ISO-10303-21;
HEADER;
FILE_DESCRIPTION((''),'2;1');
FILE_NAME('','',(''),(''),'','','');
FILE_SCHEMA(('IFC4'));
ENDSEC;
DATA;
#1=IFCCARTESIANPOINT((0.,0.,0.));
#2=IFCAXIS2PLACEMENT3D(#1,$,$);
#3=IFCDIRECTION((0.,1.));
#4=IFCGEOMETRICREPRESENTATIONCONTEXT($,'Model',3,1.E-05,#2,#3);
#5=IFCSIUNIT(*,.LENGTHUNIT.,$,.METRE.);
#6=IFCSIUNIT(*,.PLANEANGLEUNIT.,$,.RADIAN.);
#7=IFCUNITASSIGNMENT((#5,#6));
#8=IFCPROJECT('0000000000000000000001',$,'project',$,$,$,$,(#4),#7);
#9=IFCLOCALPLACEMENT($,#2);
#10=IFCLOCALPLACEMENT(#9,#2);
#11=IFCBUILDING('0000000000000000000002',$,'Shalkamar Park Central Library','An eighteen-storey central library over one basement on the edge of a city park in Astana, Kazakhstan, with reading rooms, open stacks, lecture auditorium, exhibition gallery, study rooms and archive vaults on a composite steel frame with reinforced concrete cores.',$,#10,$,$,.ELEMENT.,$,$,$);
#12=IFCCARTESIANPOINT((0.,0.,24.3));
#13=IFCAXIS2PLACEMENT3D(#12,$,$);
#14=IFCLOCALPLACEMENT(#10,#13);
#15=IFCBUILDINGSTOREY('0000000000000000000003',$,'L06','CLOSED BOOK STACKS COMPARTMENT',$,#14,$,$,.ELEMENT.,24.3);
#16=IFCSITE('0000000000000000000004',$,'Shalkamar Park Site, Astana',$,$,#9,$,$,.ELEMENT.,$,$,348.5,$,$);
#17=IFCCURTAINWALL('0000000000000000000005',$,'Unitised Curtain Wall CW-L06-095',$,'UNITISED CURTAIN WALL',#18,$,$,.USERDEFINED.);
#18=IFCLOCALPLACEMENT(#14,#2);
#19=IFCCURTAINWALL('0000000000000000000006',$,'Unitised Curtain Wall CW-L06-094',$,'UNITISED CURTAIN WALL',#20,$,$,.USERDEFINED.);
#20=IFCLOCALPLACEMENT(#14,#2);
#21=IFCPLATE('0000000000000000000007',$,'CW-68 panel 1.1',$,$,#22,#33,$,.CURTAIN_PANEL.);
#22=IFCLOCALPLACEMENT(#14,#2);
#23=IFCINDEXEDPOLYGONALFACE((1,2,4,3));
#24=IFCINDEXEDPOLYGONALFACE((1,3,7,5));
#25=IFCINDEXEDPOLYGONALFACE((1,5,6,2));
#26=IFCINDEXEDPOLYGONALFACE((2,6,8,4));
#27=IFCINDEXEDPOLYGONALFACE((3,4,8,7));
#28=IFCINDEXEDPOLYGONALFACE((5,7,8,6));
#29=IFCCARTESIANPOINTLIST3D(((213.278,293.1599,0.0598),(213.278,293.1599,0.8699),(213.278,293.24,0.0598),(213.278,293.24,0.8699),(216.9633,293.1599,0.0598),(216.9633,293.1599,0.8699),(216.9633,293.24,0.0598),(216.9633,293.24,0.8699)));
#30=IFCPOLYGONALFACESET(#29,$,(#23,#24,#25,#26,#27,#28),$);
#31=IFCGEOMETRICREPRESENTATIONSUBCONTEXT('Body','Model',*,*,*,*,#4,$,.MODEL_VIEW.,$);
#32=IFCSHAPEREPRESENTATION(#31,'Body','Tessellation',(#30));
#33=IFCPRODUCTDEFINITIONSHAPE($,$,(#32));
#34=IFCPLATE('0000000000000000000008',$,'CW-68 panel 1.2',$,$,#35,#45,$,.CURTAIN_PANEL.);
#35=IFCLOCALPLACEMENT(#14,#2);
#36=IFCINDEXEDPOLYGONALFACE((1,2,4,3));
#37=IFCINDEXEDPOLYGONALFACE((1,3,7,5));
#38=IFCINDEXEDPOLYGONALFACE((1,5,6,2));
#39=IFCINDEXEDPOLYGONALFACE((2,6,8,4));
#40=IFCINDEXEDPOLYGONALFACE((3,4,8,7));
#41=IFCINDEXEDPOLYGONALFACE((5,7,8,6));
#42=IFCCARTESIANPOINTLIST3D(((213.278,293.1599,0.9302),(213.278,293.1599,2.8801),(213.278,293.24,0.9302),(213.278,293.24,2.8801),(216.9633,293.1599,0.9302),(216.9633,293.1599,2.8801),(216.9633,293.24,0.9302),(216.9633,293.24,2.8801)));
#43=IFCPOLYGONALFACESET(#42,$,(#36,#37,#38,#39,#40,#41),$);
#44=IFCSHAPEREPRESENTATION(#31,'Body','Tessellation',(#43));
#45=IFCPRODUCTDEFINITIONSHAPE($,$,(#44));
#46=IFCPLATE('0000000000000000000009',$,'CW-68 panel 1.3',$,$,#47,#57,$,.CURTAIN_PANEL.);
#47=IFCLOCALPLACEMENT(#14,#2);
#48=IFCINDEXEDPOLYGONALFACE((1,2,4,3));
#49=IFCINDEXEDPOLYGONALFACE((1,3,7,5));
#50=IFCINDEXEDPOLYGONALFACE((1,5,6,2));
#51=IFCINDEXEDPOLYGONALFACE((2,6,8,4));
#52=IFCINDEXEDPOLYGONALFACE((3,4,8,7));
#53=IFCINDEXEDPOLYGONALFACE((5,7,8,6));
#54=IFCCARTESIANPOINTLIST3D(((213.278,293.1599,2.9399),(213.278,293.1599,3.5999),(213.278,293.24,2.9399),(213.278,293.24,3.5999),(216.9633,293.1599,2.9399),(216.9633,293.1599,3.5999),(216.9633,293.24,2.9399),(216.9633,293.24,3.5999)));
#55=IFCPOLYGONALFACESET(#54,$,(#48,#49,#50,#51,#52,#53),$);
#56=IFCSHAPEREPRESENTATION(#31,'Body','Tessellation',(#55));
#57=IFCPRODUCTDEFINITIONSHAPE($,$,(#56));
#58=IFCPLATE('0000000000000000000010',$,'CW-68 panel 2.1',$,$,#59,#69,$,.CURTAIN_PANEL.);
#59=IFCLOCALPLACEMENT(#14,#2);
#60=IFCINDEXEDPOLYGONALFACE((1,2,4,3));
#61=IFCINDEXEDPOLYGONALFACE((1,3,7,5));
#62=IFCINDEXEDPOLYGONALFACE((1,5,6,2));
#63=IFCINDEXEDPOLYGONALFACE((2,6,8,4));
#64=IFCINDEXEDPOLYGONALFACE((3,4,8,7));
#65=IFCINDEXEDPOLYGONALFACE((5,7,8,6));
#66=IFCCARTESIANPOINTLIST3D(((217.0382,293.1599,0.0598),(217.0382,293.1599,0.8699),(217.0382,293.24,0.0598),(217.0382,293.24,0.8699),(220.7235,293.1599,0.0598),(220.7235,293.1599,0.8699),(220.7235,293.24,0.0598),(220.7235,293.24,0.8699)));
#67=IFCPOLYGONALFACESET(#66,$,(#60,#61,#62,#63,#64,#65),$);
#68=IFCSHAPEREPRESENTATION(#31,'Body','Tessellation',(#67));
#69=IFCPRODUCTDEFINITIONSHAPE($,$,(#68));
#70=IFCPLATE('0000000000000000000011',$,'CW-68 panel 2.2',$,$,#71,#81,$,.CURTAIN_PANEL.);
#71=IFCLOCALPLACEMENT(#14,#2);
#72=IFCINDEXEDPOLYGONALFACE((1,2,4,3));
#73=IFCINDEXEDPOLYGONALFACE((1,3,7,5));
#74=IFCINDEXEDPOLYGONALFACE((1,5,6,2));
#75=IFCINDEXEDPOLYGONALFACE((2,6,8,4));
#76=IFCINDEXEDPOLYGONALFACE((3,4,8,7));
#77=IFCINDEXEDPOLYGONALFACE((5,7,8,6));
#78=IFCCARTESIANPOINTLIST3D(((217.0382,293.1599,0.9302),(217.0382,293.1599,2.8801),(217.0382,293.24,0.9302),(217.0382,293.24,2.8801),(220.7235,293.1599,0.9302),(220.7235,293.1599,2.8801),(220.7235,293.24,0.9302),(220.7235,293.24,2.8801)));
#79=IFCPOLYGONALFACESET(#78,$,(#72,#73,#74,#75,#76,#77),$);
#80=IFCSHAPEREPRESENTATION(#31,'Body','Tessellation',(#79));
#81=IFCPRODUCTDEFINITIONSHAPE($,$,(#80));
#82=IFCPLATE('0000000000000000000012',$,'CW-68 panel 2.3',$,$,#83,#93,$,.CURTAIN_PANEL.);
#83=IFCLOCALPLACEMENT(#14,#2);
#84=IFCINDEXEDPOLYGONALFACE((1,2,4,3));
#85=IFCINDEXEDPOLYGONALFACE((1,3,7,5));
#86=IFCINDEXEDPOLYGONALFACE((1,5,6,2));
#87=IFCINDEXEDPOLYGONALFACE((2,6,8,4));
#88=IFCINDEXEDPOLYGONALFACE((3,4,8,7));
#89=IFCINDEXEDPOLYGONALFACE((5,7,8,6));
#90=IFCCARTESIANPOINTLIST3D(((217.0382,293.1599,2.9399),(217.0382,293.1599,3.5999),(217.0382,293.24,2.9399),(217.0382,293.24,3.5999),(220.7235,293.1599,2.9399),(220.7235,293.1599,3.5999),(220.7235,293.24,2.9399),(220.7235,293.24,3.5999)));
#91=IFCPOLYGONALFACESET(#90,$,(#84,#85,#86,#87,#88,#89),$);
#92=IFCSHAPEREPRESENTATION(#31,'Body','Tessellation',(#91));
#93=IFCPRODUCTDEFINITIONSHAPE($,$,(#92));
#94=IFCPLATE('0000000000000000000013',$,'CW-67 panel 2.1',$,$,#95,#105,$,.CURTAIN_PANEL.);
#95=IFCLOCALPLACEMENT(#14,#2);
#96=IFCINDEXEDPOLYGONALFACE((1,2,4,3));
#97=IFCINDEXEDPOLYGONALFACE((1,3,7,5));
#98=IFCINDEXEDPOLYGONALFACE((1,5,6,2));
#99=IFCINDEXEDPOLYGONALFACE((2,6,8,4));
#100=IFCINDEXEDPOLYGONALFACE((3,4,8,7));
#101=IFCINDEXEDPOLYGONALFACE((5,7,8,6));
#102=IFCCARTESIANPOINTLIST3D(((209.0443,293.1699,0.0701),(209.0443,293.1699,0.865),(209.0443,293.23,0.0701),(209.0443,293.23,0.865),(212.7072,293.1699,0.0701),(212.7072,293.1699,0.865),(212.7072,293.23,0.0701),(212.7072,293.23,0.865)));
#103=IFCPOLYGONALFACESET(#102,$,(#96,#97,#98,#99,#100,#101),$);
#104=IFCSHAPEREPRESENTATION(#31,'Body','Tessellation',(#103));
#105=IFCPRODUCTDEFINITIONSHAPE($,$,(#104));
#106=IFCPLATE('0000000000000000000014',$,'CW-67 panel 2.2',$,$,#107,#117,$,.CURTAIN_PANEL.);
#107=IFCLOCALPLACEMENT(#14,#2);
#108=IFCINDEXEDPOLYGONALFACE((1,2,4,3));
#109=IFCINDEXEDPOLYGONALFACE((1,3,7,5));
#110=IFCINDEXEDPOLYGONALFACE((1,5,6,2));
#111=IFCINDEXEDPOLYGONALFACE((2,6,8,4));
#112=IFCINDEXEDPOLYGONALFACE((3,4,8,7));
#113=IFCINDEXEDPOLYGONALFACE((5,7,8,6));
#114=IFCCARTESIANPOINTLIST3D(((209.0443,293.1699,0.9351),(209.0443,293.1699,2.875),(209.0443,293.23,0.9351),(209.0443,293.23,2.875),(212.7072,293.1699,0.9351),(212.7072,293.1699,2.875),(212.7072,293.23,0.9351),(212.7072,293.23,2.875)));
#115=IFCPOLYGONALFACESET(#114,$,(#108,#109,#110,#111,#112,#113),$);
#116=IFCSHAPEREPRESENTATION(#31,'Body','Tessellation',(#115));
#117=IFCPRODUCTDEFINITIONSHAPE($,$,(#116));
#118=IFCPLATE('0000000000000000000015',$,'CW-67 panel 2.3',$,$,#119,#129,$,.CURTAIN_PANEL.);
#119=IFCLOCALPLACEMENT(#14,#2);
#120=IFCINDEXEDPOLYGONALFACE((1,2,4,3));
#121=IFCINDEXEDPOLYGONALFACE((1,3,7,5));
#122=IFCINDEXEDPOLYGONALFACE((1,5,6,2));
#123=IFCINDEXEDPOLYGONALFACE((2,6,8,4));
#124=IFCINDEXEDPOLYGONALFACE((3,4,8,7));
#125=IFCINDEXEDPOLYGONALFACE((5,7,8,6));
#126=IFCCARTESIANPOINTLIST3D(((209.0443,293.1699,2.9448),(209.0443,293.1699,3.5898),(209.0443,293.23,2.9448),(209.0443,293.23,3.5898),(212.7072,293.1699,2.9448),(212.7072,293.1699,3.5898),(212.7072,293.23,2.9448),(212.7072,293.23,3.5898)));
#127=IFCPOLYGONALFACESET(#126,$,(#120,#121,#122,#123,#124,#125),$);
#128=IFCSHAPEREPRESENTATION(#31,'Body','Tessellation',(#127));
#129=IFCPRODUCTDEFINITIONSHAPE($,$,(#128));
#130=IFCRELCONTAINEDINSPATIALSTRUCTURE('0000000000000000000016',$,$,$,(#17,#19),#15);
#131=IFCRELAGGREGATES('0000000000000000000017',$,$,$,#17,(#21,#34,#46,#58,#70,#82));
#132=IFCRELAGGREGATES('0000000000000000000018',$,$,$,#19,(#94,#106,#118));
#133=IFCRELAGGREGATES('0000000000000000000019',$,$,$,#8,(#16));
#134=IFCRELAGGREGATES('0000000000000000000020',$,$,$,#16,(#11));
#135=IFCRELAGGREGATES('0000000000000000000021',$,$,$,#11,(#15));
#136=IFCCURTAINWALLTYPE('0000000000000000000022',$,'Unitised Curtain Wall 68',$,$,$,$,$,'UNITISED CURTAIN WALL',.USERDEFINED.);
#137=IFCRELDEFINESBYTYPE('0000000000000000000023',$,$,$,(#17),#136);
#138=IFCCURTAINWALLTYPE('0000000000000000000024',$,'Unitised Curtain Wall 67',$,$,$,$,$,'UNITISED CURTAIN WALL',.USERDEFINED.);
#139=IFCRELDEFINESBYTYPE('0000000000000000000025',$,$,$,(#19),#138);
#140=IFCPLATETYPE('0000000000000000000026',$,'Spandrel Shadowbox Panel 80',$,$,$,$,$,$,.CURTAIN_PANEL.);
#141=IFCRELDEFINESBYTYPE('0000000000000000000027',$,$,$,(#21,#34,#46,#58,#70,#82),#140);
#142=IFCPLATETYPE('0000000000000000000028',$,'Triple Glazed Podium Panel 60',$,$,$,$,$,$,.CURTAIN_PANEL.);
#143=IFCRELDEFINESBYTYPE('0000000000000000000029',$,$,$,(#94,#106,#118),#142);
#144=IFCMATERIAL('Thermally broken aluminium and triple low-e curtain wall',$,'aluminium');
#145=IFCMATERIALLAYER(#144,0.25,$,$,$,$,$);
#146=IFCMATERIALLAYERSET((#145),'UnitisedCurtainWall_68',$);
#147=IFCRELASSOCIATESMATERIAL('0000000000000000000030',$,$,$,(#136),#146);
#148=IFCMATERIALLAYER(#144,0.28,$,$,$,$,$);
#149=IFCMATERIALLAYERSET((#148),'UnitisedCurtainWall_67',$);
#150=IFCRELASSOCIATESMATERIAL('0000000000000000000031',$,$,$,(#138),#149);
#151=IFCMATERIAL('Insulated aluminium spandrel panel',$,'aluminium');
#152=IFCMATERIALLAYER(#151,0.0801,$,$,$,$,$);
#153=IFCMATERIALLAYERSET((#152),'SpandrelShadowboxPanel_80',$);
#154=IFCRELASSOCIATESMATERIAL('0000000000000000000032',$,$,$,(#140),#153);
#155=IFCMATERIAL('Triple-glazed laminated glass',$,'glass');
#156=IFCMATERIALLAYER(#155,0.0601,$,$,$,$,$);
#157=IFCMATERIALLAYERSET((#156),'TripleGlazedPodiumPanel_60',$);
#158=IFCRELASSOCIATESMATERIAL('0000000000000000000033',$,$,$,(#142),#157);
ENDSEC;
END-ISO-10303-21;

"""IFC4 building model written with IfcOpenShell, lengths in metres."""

from ifc_helpers import new_model, si_unit, direction, frame, origin, origin_2d, place, context, subcontext, project, spatial, rectangle, extrude, material, layer, layer_set, type_object, element, aggregate, save


model = new_model("IFC4")

# Units and contexts
model_context = context("Model", 3, precision=1e-05, world=origin(), true_north=direction((0.0, 1.0)))
body_context = subcontext(model_context, "Body", "Model", "MODEL_VIEW")
ifc_project = project(units=[si_unit("LENGTHUNIT", "METRE"), si_unit("PLANEANGLEUNIT", "RADIAN")], contexts=[model_context])

# Site, building, storey
site_placement = place(None, origin())
site = spatial("IfcSite", under=ifc_project, at=site_placement, Name="Shalkamar Park Site, Astana", CompositionType="ELEMENT", RefElevation=348.5)
building_placement = place(site_placement, origin())
building = spatial("IfcBuilding", under=site, at=building_placement, Name="Shalkamar Park Central Library", Description="An eighteen-storey central library over one basement on the edge of a city park in Astana, Kazakhstan, with reading rooms, open stacks, lecture auditorium, exhibition gallery, study rooms and archive vaults on a composite steel frame with reinforced concrete cores.", CompositionType="ELEMENT")
storey_placement = place(building_placement, frame((0.0, 0.0, 24.3)))
storey = spatial("IfcBuildingStorey", under=building, at=storey_placement, Name="L06", Description="CLOSED BOOK STACKS COMPARTMENT", CompositionType="ELEMENT", Elevation=24.3)

# Curtain wall
ifc_material_1 = material(Name="Thermally broken aluminium and triple low-e curtain wall", Category="aluminium")
ifc_layer_1 = layer(ifc_material_1, 0.25)
ifc_layer_set_1 = layer_set([ifc_layer_1], Name="UnitisedCurtainWall_68")
curtain_wall_type_1 = type_object("IfcCurtainWallType", Name="Unitised Curtain Wall 68", ElementType="UNITISED CURTAIN WALL", PredefinedType="USERDEFINED", material=ifc_layer_set_1)
curtain_wall_1_placement = place(storey_placement, origin())
curtain_wall_1 = element("IfcCurtainWall", 1, at=curtain_wall_1_placement, inside=storey, type_object=curtain_wall_type_1, Name="Unitised Curtain Wall CW-L06-095", ObjectType="UNITISED CURTAIN WALL", PredefinedType="USERDEFINED")

# Curtain wall
ifc_layer_2 = layer(ifc_material_1, 0.28)
ifc_layer_set_2 = layer_set([ifc_layer_2], Name="UnitisedCurtainWall_67")
curtain_wall_type_2 = type_object("IfcCurtainWallType", Name="Unitised Curtain Wall 67", ElementType="UNITISED CURTAIN WALL", PredefinedType="USERDEFINED", material=ifc_layer_set_2)
curtain_wall_2_placement = place(storey_placement, origin())
curtain_wall_2 = element("IfcCurtainWall", 2, at=curtain_wall_2_placement, inside=storey, type_object=curtain_wall_type_2, Name="Unitised Curtain Wall CW-L06-094", ObjectType="UNITISED CURTAIN WALL", PredefinedType="USERDEFINED")

# Plates
ifc_material_2 = material(Name="Insulated aluminium spandrel panel", Category="aluminium")
ifc_layer_3 = layer(ifc_material_2, 0.0801)
ifc_layer_set_3 = layer_set([ifc_layer_3], Name="SpandrelShadowboxPanel_80")
plate_type_1 = type_object("IfcPlateType", Name="Spandrel Shadowbox Panel 80", PredefinedType="CURTAIN_PANEL", material=ifc_layer_set_3)
plate_1_placement = place(storey_placement, frame((215.1206, 293.2, 0.0598), z_axis=(0.0, 0.0, 1.0), x_axis=(1.0, 0.0, 0.0)))
plate_1 = element("IfcPlate", 3, at=plate_1_placement, type_object=plate_type_1, Name="CW-68 panel 1.1", PredefinedType="CURTAIN_PANEL", context=body_context, shape_type="SweptSolid", body=[
    extrude(rectangle(XDim=3.6853, YDim=0.0801, at=origin_2d()), origin(), (0.0, 0.0, 1.0), 0.8101),
])
plate_2_placement = place(storey_placement, frame((215.1206, 293.2, 0.9302), z_axis=(0.0, 0.0, 1.0), x_axis=(1.0, 0.0, 0.0)))
plate_2 = element("IfcPlate", 4, at=plate_2_placement, type_object=plate_type_1, Name="CW-68 panel 1.2", PredefinedType="CURTAIN_PANEL", context=body_context, shape_type="SweptSolid", body=[
    extrude(rectangle(XDim=3.6853, YDim=0.0801, at=origin_2d()), origin(), (0.0, 0.0, 1.0), 1.95),
])
plate_3_placement = place(storey_placement, frame((215.1206, 293.2, 2.9399), z_axis=(0.0, 0.0, 1.0), x_axis=(1.0, 0.0, 0.0)))
plate_3 = element("IfcPlate", 5, at=plate_3_placement, type_object=plate_type_1, Name="CW-68 panel 1.3", PredefinedType="CURTAIN_PANEL", context=body_context, shape_type="SweptSolid", body=[
    extrude(rectangle(XDim=3.6853, YDim=0.0801, at=origin_2d()), origin(), (0.0, 0.0, 1.0), 0.6599),
])
plate_4_placement = place(storey_placement, frame((218.8809, 293.2, 0.0598), z_axis=(0.0, 0.0, 1.0), x_axis=(1.0, 0.0, 0.0)))
plate_4 = element("IfcPlate", 6, at=plate_4_placement, type_object=plate_type_1, Name="CW-68 panel 2.1", PredefinedType="CURTAIN_PANEL", context=body_context, shape_type="SweptSolid", body=[
    extrude(rectangle(XDim=3.6853, YDim=0.0801, at=origin_2d()), origin(), (0.0, 0.0, 1.0), 0.8101),
])
plate_5_placement = place(storey_placement, frame((218.8809, 293.2, 0.9302), z_axis=(0.0, 0.0, 1.0), x_axis=(1.0, 0.0, 0.0)))
plate_5 = element("IfcPlate", 7, at=plate_5_placement, type_object=plate_type_1, Name="CW-68 panel 2.2", PredefinedType="CURTAIN_PANEL", context=body_context, shape_type="SweptSolid", body=[
    extrude(rectangle(XDim=3.6853, YDim=0.0801, at=origin_2d()), origin(), (0.0, 0.0, 1.0), 1.95),
])
plate_6_placement = place(storey_placement, frame((218.8809, 293.2, 2.9399), z_axis=(0.0, 0.0, 1.0), x_axis=(1.0, 0.0, 0.0)))
plate_6 = element("IfcPlate", 8, at=plate_6_placement, type_object=plate_type_1, Name="CW-68 panel 2.3", PredefinedType="CURTAIN_PANEL", context=body_context, shape_type="SweptSolid", body=[
    extrude(rectangle(XDim=3.6853, YDim=0.0801, at=origin_2d()), origin(), (0.0, 0.0, 1.0), 0.6599),
])
aggregate(curtain_wall_1, [plate_1, plate_2, plate_3, plate_4, plate_5, plate_6])
ifc_material_3 = material(Name="Triple-glazed laminated glass", Category="glass")
ifc_layer_4 = layer(ifc_material_3, 0.0601)
ifc_layer_set_4 = layer_set([ifc_layer_4], Name="TripleGlazedPodiumPanel_60")
plate_type_2 = type_object("IfcPlateType", Name="Triple Glazed Podium Panel 60", PredefinedType="CURTAIN_PANEL", material=ifc_layer_set_4)
plate_7_placement = place(storey_placement, frame((210.8757, 293.2, 0.0701), z_axis=(0.0, 0.0, 1.0), x_axis=(1.0, 0.0, 0.0)))
plate_7 = element("IfcPlate", 9, at=plate_7_placement, type_object=plate_type_2, Name="CW-67 panel 2.1", PredefinedType="CURTAIN_PANEL", context=body_context, shape_type="SweptSolid", body=[
    extrude(rectangle(XDim=3.6628, YDim=0.0601, at=origin_2d()), origin(), (0.0, 0.0, 1.0), 0.7949),
])
plate_8_placement = place(storey_placement, frame((210.8757, 293.2, 0.9351), z_axis=(0.0, 0.0, 1.0), x_axis=(1.0, 0.0, 0.0)))
plate_8 = element("IfcPlate", 10, at=plate_8_placement, type_object=plate_type_2, Name="CW-67 panel 2.2", PredefinedType="CURTAIN_PANEL", context=body_context, shape_type="SweptSolid", body=[
    extrude(rectangle(XDim=3.6628, YDim=0.0601, at=origin_2d()), origin(), (0.0, 0.0, 1.0), 1.9399),
])
plate_9_placement = place(storey_placement, frame((210.8757, 293.2, 2.9448), z_axis=(0.0, 0.0, 1.0), x_axis=(1.0, 0.0, 0.0)))
plate_9 = element("IfcPlate", 11, at=plate_9_placement, type_object=plate_type_2, Name="CW-67 panel 2.3", PredefinedType="CURTAIN_PANEL", context=body_context, shape_type="SweptSolid", body=[
    extrude(rectangle(XDim=3.6628, YDim=0.0601, at=origin_2d()), origin(), (0.0, 0.0, 1.0), 0.645),
])
aggregate(curtain_wall_2, [plate_7, plate_8, plate_9])

save(model, "model.ifc")
